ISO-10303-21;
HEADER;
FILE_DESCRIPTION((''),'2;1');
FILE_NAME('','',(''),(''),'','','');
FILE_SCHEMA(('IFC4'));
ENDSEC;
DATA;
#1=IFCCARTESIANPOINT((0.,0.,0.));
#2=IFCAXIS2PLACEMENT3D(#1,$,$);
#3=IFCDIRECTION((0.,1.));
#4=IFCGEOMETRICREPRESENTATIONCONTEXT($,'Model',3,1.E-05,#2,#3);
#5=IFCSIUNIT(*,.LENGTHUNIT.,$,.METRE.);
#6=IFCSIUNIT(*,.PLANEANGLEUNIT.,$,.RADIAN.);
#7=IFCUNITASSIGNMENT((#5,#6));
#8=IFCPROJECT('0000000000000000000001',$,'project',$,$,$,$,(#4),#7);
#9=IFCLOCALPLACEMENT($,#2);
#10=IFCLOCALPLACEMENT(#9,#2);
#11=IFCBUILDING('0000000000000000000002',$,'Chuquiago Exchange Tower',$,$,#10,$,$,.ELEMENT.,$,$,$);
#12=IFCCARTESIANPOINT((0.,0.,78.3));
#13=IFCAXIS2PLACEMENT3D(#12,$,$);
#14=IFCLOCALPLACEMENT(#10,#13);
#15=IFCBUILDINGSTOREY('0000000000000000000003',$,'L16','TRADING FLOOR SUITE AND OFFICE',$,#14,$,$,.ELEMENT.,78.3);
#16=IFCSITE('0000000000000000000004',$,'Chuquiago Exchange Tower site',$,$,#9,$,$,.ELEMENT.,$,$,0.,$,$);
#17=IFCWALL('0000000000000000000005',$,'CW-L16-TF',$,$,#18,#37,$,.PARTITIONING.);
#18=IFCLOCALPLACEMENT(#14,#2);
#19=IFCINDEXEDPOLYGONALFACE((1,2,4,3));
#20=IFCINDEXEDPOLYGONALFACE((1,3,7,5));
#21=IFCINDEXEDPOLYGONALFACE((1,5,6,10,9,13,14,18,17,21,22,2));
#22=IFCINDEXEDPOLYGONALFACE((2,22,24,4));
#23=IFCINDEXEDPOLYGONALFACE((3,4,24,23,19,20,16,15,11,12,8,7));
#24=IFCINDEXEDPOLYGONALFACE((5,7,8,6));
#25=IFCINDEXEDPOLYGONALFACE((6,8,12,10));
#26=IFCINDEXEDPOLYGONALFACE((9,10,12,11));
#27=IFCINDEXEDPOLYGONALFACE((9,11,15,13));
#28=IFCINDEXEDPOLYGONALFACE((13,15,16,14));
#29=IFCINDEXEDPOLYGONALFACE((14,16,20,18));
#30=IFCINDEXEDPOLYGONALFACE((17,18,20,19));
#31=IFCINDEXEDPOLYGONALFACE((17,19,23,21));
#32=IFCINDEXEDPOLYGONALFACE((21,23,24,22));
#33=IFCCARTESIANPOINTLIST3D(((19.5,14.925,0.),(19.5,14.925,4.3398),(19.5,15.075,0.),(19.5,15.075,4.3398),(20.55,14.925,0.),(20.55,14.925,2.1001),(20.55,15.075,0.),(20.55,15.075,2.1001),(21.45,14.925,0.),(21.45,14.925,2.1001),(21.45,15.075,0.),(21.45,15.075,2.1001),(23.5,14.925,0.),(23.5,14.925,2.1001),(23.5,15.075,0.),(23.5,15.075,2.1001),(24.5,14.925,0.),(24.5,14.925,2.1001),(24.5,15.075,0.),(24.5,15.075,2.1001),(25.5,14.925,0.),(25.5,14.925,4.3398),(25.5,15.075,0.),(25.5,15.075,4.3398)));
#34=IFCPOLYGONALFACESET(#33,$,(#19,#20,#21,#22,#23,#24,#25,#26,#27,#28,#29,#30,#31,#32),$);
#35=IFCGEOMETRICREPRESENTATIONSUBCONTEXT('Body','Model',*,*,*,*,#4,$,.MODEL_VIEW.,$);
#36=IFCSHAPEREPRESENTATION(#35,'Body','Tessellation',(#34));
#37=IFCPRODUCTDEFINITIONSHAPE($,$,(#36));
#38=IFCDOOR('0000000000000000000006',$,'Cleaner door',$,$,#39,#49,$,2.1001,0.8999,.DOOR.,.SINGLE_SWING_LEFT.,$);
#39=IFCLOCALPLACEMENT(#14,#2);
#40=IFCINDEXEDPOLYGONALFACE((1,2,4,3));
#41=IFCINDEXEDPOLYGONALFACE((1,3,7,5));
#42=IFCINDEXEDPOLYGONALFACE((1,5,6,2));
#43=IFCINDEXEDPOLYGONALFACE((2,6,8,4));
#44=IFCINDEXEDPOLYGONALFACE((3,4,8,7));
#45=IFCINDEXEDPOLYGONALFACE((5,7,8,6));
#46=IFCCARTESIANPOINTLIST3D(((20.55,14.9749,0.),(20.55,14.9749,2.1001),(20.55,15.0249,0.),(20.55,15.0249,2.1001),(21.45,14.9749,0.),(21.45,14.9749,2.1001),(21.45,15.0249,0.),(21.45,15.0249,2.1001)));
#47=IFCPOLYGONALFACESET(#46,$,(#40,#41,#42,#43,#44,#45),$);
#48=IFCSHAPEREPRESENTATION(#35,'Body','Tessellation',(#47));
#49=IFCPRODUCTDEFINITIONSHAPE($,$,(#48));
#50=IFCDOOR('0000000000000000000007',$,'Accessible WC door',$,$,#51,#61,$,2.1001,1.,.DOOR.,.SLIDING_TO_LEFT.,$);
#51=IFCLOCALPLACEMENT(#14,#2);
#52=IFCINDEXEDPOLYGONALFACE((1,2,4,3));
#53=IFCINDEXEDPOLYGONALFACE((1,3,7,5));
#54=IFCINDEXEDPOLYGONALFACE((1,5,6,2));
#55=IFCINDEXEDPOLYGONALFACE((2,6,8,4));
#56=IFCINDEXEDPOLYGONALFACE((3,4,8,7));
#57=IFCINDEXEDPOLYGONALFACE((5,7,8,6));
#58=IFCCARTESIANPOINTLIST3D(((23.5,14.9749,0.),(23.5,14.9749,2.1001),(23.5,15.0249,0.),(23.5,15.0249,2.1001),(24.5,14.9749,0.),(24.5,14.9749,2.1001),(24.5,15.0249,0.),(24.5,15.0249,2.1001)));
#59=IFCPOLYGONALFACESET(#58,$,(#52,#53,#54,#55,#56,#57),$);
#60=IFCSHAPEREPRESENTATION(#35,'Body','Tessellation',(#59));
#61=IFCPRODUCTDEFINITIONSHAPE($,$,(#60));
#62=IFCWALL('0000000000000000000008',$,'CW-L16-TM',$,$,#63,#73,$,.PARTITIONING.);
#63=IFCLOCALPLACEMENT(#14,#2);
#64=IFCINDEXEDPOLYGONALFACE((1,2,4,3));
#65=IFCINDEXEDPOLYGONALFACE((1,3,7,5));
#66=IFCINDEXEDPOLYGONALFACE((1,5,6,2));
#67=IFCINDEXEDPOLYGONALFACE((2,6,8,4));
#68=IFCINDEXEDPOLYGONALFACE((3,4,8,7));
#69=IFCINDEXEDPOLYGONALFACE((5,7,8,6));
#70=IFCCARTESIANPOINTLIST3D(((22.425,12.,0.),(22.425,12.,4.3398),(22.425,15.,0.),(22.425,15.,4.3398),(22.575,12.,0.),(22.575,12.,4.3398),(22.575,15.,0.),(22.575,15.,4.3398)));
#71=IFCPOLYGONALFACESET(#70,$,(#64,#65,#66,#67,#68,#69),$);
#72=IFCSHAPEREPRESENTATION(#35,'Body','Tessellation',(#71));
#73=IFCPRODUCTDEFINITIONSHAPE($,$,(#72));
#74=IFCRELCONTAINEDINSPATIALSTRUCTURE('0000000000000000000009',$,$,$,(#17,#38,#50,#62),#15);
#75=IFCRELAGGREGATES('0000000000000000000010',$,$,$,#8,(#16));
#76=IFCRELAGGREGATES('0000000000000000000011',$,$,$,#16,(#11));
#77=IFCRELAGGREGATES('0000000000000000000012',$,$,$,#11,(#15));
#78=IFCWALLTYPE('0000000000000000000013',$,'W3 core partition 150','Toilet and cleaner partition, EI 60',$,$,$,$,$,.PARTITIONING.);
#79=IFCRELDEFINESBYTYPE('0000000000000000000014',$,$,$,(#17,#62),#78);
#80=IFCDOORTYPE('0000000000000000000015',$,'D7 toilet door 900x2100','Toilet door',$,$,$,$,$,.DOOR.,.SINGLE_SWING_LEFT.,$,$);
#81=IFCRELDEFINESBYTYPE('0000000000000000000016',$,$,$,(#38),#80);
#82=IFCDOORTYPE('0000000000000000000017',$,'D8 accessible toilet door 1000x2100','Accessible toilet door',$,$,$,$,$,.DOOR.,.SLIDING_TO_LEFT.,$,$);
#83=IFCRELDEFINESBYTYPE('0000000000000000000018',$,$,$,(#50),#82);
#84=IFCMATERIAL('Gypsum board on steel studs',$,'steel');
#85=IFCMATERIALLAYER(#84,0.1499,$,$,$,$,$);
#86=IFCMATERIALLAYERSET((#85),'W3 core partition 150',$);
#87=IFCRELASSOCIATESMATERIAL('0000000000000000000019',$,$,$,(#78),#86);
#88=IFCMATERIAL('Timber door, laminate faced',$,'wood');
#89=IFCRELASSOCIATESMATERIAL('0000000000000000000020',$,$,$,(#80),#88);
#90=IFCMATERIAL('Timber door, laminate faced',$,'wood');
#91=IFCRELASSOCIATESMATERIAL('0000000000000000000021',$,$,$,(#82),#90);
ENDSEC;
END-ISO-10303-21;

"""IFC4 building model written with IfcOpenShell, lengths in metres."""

from ifc_helpers import new_model, si_unit, direction, frame, frame_2d, origin, place, context, subcontext, project, spatial, rectangle, extrude, material, layer, layer_set, type_object, element, fill, save


model = new_model("IFC4")

# Units and contexts
model_context = context("Model", 3, precision=1e-05, world=origin(), true_north=direction((0.0, 1.0)))
body_context = subcontext(model_context, "Body", "Model", "MODEL_VIEW")
ifc_project = project(units=[si_unit("LENGTHUNIT", "METRE"), si_unit("PLANEANGLEUNIT", "RADIAN")], contexts=[model_context])

# Site, building, storey
site_placement = place(None, origin())
site = spatial("IfcSite", under=ifc_project, at=site_placement, Name="Chuquiago Exchange Tower site", CompositionType="ELEMENT", RefElevation=0.0)
building_placement = place(site_placement, origin())
building = spatial("IfcBuilding", under=site, at=building_placement, Name="Chuquiago Exchange Tower", CompositionType="ELEMENT")
storey_placement = place(building_placement, frame((0.0, 0.0, 78.3)))
storey = spatial("IfcBuildingStorey", under=building, at=storey_placement, Name="L16", Description="TRADING FLOOR SUITE AND OFFICE", CompositionType="ELEMENT", Elevation=78.3)

# Wall, openings, doors
ifc_material_1 = material(Name="Gypsum board on steel studs", Category="steel")
ifc_layer_1 = layer(ifc_material_1, 0.1499)
ifc_layer_set_1 = layer_set([ifc_layer_1], Name="W3 core partition 150")
wall_type_1 = type_object("IfcWallType", Name="W3 core partition 150", Description="Toilet and cleaner partition, EI 60", PredefinedType="PARTITIONING", material=ifc_layer_set_1)
wall_1_placement = place(storey_placement, frame((19.5, 15.0, 0.0), z_axis=(0.0, 0.0, 1.0), x_axis=(1.0, 0.0, 0.0)))
wall_1 = element("IfcWall", 1, at=wall_1_placement, inside=storey, type_object=wall_type_1, Name="CW-L16-TF", PredefinedType="PARTITIONING", context=body_context, shape_type="SweptSolid", body=[
    extrude(rectangle(XDim=6.0, YDim=0.1499, at=frame_2d((3.0, 0.0))), origin(), (0.0, 0.0, 1.0), 4.3398),
])
opening_1_placement = place(wall_1_placement, frame((4.0, 0.0, 0.0)))
opening_1 = element("IfcOpeningElement", 2, at=opening_1_placement, cuts=wall_1, PredefinedType="OPENING", context=body_context, shape_type="SweptSolid", body=[
    extrude(rectangle(XDim=1.0, YDim=2.1001, at=frame_2d((0.5, 1.05))), frame((0.0, 0.085, 0.0), z_axis=(0.0, -1.0, 0.0), x_axis=(1.0, 0.0, 0.0)), (0.0, 0.0, 1.0), 0.1699),
])
opening_2_placement = place(wall_1_placement, frame((1.05, 0.0, 0.0)))
opening_2 = element("IfcOpeningElement", 3, at=opening_2_placement, cuts=wall_1, PredefinedType="OPENING", context=body_context, shape_type="SweptSolid", body=[
    extrude(rectangle(XDim=0.8999, YDim=2.1001, at=frame_2d((0.45, 1.05))), frame((0.0, 0.085, 0.0), z_axis=(0.0, -1.0, 0.0), x_axis=(1.0, 0.0, 0.0)), (0.0, 0.0, 1.0), 0.1699),
])
ifc_material_2 = material(Name="Timber door, laminate faced", Category="wood")
door_type_1 = type_object("IfcDoorType", Name="D7 toilet door 900x2100", Description="Toilet door", OperationType="SINGLE_SWING_LEFT", PredefinedType="DOOR", material=ifc_material_2)
door_1_placement = place(opening_2_placement, origin())
door_1 = element("IfcDoor", 4, at=door_1_placement, inside=storey, type_object=door_type_1, Name="Cleaner door", OperationType="SINGLE_SWING_LEFT", OverallHeight=2.1001, OverallWidth=0.8999, PredefinedType="DOOR", context=body_context, shape_type="SweptSolid", body=[
    extrude(rectangle(XDim=0.8999, YDim=2.1001, at=frame_2d((0.45, 1.05))), frame((0.0, 0.0249, 0.0), z_axis=(0.0, -1.0, 0.0), x_axis=(1.0, 0.0, 0.0)), (0.0, 0.0, 1.0), 0.05),
])
fill(opening_2, door_1)
ifc_material_3 = material(Name="Timber door, laminate faced", Category="wood")
door_type_2 = type_object("IfcDoorType", Name="D8 accessible toilet door 1000x2100", Description="Accessible toilet door", OperationType="SLIDING_TO_LEFT", PredefinedType="DOOR", material=ifc_material_3)
door_2_placement = place(opening_1_placement, origin())
door_2 = element("IfcDoor", 5, at=door_2_placement, inside=storey, type_object=door_type_2, Name="Accessible WC door", OperationType="SLIDING_TO_LEFT", OverallHeight=2.1001, OverallWidth=1.0, PredefinedType="DOOR", context=body_context, shape_type="SweptSolid", body=[
    extrude(rectangle(XDim=1.0, YDim=2.1001, at=frame_2d((0.5, 1.05))), frame((0.0, 0.0249, 0.0), z_axis=(0.0, -1.0, 0.0), x_axis=(1.0, 0.0, 0.0)), (0.0, 0.0, 1.0), 0.05),
])
fill(opening_1, door_2)

# Wall
wall_2_placement = place(storey_placement, frame((22.5, 15.0, 0.0), z_axis=(0.0, 0.0, 1.0), x_axis=(0.0, -1.0, 0.0)))
element("IfcWall", 6, at=wall_2_placement, inside=storey, type_object=wall_type_1, Name="CW-L16-TM", PredefinedType="PARTITIONING", context=body_context, shape_type="SweptSolid", body=[
    extrude(rectangle(XDim=3.0, YDim=0.1499, at=frame_2d((1.5, 0.0))), origin(), (0.0, 0.0, 1.0), 4.3398),
])

save(model, "model.ifc")
